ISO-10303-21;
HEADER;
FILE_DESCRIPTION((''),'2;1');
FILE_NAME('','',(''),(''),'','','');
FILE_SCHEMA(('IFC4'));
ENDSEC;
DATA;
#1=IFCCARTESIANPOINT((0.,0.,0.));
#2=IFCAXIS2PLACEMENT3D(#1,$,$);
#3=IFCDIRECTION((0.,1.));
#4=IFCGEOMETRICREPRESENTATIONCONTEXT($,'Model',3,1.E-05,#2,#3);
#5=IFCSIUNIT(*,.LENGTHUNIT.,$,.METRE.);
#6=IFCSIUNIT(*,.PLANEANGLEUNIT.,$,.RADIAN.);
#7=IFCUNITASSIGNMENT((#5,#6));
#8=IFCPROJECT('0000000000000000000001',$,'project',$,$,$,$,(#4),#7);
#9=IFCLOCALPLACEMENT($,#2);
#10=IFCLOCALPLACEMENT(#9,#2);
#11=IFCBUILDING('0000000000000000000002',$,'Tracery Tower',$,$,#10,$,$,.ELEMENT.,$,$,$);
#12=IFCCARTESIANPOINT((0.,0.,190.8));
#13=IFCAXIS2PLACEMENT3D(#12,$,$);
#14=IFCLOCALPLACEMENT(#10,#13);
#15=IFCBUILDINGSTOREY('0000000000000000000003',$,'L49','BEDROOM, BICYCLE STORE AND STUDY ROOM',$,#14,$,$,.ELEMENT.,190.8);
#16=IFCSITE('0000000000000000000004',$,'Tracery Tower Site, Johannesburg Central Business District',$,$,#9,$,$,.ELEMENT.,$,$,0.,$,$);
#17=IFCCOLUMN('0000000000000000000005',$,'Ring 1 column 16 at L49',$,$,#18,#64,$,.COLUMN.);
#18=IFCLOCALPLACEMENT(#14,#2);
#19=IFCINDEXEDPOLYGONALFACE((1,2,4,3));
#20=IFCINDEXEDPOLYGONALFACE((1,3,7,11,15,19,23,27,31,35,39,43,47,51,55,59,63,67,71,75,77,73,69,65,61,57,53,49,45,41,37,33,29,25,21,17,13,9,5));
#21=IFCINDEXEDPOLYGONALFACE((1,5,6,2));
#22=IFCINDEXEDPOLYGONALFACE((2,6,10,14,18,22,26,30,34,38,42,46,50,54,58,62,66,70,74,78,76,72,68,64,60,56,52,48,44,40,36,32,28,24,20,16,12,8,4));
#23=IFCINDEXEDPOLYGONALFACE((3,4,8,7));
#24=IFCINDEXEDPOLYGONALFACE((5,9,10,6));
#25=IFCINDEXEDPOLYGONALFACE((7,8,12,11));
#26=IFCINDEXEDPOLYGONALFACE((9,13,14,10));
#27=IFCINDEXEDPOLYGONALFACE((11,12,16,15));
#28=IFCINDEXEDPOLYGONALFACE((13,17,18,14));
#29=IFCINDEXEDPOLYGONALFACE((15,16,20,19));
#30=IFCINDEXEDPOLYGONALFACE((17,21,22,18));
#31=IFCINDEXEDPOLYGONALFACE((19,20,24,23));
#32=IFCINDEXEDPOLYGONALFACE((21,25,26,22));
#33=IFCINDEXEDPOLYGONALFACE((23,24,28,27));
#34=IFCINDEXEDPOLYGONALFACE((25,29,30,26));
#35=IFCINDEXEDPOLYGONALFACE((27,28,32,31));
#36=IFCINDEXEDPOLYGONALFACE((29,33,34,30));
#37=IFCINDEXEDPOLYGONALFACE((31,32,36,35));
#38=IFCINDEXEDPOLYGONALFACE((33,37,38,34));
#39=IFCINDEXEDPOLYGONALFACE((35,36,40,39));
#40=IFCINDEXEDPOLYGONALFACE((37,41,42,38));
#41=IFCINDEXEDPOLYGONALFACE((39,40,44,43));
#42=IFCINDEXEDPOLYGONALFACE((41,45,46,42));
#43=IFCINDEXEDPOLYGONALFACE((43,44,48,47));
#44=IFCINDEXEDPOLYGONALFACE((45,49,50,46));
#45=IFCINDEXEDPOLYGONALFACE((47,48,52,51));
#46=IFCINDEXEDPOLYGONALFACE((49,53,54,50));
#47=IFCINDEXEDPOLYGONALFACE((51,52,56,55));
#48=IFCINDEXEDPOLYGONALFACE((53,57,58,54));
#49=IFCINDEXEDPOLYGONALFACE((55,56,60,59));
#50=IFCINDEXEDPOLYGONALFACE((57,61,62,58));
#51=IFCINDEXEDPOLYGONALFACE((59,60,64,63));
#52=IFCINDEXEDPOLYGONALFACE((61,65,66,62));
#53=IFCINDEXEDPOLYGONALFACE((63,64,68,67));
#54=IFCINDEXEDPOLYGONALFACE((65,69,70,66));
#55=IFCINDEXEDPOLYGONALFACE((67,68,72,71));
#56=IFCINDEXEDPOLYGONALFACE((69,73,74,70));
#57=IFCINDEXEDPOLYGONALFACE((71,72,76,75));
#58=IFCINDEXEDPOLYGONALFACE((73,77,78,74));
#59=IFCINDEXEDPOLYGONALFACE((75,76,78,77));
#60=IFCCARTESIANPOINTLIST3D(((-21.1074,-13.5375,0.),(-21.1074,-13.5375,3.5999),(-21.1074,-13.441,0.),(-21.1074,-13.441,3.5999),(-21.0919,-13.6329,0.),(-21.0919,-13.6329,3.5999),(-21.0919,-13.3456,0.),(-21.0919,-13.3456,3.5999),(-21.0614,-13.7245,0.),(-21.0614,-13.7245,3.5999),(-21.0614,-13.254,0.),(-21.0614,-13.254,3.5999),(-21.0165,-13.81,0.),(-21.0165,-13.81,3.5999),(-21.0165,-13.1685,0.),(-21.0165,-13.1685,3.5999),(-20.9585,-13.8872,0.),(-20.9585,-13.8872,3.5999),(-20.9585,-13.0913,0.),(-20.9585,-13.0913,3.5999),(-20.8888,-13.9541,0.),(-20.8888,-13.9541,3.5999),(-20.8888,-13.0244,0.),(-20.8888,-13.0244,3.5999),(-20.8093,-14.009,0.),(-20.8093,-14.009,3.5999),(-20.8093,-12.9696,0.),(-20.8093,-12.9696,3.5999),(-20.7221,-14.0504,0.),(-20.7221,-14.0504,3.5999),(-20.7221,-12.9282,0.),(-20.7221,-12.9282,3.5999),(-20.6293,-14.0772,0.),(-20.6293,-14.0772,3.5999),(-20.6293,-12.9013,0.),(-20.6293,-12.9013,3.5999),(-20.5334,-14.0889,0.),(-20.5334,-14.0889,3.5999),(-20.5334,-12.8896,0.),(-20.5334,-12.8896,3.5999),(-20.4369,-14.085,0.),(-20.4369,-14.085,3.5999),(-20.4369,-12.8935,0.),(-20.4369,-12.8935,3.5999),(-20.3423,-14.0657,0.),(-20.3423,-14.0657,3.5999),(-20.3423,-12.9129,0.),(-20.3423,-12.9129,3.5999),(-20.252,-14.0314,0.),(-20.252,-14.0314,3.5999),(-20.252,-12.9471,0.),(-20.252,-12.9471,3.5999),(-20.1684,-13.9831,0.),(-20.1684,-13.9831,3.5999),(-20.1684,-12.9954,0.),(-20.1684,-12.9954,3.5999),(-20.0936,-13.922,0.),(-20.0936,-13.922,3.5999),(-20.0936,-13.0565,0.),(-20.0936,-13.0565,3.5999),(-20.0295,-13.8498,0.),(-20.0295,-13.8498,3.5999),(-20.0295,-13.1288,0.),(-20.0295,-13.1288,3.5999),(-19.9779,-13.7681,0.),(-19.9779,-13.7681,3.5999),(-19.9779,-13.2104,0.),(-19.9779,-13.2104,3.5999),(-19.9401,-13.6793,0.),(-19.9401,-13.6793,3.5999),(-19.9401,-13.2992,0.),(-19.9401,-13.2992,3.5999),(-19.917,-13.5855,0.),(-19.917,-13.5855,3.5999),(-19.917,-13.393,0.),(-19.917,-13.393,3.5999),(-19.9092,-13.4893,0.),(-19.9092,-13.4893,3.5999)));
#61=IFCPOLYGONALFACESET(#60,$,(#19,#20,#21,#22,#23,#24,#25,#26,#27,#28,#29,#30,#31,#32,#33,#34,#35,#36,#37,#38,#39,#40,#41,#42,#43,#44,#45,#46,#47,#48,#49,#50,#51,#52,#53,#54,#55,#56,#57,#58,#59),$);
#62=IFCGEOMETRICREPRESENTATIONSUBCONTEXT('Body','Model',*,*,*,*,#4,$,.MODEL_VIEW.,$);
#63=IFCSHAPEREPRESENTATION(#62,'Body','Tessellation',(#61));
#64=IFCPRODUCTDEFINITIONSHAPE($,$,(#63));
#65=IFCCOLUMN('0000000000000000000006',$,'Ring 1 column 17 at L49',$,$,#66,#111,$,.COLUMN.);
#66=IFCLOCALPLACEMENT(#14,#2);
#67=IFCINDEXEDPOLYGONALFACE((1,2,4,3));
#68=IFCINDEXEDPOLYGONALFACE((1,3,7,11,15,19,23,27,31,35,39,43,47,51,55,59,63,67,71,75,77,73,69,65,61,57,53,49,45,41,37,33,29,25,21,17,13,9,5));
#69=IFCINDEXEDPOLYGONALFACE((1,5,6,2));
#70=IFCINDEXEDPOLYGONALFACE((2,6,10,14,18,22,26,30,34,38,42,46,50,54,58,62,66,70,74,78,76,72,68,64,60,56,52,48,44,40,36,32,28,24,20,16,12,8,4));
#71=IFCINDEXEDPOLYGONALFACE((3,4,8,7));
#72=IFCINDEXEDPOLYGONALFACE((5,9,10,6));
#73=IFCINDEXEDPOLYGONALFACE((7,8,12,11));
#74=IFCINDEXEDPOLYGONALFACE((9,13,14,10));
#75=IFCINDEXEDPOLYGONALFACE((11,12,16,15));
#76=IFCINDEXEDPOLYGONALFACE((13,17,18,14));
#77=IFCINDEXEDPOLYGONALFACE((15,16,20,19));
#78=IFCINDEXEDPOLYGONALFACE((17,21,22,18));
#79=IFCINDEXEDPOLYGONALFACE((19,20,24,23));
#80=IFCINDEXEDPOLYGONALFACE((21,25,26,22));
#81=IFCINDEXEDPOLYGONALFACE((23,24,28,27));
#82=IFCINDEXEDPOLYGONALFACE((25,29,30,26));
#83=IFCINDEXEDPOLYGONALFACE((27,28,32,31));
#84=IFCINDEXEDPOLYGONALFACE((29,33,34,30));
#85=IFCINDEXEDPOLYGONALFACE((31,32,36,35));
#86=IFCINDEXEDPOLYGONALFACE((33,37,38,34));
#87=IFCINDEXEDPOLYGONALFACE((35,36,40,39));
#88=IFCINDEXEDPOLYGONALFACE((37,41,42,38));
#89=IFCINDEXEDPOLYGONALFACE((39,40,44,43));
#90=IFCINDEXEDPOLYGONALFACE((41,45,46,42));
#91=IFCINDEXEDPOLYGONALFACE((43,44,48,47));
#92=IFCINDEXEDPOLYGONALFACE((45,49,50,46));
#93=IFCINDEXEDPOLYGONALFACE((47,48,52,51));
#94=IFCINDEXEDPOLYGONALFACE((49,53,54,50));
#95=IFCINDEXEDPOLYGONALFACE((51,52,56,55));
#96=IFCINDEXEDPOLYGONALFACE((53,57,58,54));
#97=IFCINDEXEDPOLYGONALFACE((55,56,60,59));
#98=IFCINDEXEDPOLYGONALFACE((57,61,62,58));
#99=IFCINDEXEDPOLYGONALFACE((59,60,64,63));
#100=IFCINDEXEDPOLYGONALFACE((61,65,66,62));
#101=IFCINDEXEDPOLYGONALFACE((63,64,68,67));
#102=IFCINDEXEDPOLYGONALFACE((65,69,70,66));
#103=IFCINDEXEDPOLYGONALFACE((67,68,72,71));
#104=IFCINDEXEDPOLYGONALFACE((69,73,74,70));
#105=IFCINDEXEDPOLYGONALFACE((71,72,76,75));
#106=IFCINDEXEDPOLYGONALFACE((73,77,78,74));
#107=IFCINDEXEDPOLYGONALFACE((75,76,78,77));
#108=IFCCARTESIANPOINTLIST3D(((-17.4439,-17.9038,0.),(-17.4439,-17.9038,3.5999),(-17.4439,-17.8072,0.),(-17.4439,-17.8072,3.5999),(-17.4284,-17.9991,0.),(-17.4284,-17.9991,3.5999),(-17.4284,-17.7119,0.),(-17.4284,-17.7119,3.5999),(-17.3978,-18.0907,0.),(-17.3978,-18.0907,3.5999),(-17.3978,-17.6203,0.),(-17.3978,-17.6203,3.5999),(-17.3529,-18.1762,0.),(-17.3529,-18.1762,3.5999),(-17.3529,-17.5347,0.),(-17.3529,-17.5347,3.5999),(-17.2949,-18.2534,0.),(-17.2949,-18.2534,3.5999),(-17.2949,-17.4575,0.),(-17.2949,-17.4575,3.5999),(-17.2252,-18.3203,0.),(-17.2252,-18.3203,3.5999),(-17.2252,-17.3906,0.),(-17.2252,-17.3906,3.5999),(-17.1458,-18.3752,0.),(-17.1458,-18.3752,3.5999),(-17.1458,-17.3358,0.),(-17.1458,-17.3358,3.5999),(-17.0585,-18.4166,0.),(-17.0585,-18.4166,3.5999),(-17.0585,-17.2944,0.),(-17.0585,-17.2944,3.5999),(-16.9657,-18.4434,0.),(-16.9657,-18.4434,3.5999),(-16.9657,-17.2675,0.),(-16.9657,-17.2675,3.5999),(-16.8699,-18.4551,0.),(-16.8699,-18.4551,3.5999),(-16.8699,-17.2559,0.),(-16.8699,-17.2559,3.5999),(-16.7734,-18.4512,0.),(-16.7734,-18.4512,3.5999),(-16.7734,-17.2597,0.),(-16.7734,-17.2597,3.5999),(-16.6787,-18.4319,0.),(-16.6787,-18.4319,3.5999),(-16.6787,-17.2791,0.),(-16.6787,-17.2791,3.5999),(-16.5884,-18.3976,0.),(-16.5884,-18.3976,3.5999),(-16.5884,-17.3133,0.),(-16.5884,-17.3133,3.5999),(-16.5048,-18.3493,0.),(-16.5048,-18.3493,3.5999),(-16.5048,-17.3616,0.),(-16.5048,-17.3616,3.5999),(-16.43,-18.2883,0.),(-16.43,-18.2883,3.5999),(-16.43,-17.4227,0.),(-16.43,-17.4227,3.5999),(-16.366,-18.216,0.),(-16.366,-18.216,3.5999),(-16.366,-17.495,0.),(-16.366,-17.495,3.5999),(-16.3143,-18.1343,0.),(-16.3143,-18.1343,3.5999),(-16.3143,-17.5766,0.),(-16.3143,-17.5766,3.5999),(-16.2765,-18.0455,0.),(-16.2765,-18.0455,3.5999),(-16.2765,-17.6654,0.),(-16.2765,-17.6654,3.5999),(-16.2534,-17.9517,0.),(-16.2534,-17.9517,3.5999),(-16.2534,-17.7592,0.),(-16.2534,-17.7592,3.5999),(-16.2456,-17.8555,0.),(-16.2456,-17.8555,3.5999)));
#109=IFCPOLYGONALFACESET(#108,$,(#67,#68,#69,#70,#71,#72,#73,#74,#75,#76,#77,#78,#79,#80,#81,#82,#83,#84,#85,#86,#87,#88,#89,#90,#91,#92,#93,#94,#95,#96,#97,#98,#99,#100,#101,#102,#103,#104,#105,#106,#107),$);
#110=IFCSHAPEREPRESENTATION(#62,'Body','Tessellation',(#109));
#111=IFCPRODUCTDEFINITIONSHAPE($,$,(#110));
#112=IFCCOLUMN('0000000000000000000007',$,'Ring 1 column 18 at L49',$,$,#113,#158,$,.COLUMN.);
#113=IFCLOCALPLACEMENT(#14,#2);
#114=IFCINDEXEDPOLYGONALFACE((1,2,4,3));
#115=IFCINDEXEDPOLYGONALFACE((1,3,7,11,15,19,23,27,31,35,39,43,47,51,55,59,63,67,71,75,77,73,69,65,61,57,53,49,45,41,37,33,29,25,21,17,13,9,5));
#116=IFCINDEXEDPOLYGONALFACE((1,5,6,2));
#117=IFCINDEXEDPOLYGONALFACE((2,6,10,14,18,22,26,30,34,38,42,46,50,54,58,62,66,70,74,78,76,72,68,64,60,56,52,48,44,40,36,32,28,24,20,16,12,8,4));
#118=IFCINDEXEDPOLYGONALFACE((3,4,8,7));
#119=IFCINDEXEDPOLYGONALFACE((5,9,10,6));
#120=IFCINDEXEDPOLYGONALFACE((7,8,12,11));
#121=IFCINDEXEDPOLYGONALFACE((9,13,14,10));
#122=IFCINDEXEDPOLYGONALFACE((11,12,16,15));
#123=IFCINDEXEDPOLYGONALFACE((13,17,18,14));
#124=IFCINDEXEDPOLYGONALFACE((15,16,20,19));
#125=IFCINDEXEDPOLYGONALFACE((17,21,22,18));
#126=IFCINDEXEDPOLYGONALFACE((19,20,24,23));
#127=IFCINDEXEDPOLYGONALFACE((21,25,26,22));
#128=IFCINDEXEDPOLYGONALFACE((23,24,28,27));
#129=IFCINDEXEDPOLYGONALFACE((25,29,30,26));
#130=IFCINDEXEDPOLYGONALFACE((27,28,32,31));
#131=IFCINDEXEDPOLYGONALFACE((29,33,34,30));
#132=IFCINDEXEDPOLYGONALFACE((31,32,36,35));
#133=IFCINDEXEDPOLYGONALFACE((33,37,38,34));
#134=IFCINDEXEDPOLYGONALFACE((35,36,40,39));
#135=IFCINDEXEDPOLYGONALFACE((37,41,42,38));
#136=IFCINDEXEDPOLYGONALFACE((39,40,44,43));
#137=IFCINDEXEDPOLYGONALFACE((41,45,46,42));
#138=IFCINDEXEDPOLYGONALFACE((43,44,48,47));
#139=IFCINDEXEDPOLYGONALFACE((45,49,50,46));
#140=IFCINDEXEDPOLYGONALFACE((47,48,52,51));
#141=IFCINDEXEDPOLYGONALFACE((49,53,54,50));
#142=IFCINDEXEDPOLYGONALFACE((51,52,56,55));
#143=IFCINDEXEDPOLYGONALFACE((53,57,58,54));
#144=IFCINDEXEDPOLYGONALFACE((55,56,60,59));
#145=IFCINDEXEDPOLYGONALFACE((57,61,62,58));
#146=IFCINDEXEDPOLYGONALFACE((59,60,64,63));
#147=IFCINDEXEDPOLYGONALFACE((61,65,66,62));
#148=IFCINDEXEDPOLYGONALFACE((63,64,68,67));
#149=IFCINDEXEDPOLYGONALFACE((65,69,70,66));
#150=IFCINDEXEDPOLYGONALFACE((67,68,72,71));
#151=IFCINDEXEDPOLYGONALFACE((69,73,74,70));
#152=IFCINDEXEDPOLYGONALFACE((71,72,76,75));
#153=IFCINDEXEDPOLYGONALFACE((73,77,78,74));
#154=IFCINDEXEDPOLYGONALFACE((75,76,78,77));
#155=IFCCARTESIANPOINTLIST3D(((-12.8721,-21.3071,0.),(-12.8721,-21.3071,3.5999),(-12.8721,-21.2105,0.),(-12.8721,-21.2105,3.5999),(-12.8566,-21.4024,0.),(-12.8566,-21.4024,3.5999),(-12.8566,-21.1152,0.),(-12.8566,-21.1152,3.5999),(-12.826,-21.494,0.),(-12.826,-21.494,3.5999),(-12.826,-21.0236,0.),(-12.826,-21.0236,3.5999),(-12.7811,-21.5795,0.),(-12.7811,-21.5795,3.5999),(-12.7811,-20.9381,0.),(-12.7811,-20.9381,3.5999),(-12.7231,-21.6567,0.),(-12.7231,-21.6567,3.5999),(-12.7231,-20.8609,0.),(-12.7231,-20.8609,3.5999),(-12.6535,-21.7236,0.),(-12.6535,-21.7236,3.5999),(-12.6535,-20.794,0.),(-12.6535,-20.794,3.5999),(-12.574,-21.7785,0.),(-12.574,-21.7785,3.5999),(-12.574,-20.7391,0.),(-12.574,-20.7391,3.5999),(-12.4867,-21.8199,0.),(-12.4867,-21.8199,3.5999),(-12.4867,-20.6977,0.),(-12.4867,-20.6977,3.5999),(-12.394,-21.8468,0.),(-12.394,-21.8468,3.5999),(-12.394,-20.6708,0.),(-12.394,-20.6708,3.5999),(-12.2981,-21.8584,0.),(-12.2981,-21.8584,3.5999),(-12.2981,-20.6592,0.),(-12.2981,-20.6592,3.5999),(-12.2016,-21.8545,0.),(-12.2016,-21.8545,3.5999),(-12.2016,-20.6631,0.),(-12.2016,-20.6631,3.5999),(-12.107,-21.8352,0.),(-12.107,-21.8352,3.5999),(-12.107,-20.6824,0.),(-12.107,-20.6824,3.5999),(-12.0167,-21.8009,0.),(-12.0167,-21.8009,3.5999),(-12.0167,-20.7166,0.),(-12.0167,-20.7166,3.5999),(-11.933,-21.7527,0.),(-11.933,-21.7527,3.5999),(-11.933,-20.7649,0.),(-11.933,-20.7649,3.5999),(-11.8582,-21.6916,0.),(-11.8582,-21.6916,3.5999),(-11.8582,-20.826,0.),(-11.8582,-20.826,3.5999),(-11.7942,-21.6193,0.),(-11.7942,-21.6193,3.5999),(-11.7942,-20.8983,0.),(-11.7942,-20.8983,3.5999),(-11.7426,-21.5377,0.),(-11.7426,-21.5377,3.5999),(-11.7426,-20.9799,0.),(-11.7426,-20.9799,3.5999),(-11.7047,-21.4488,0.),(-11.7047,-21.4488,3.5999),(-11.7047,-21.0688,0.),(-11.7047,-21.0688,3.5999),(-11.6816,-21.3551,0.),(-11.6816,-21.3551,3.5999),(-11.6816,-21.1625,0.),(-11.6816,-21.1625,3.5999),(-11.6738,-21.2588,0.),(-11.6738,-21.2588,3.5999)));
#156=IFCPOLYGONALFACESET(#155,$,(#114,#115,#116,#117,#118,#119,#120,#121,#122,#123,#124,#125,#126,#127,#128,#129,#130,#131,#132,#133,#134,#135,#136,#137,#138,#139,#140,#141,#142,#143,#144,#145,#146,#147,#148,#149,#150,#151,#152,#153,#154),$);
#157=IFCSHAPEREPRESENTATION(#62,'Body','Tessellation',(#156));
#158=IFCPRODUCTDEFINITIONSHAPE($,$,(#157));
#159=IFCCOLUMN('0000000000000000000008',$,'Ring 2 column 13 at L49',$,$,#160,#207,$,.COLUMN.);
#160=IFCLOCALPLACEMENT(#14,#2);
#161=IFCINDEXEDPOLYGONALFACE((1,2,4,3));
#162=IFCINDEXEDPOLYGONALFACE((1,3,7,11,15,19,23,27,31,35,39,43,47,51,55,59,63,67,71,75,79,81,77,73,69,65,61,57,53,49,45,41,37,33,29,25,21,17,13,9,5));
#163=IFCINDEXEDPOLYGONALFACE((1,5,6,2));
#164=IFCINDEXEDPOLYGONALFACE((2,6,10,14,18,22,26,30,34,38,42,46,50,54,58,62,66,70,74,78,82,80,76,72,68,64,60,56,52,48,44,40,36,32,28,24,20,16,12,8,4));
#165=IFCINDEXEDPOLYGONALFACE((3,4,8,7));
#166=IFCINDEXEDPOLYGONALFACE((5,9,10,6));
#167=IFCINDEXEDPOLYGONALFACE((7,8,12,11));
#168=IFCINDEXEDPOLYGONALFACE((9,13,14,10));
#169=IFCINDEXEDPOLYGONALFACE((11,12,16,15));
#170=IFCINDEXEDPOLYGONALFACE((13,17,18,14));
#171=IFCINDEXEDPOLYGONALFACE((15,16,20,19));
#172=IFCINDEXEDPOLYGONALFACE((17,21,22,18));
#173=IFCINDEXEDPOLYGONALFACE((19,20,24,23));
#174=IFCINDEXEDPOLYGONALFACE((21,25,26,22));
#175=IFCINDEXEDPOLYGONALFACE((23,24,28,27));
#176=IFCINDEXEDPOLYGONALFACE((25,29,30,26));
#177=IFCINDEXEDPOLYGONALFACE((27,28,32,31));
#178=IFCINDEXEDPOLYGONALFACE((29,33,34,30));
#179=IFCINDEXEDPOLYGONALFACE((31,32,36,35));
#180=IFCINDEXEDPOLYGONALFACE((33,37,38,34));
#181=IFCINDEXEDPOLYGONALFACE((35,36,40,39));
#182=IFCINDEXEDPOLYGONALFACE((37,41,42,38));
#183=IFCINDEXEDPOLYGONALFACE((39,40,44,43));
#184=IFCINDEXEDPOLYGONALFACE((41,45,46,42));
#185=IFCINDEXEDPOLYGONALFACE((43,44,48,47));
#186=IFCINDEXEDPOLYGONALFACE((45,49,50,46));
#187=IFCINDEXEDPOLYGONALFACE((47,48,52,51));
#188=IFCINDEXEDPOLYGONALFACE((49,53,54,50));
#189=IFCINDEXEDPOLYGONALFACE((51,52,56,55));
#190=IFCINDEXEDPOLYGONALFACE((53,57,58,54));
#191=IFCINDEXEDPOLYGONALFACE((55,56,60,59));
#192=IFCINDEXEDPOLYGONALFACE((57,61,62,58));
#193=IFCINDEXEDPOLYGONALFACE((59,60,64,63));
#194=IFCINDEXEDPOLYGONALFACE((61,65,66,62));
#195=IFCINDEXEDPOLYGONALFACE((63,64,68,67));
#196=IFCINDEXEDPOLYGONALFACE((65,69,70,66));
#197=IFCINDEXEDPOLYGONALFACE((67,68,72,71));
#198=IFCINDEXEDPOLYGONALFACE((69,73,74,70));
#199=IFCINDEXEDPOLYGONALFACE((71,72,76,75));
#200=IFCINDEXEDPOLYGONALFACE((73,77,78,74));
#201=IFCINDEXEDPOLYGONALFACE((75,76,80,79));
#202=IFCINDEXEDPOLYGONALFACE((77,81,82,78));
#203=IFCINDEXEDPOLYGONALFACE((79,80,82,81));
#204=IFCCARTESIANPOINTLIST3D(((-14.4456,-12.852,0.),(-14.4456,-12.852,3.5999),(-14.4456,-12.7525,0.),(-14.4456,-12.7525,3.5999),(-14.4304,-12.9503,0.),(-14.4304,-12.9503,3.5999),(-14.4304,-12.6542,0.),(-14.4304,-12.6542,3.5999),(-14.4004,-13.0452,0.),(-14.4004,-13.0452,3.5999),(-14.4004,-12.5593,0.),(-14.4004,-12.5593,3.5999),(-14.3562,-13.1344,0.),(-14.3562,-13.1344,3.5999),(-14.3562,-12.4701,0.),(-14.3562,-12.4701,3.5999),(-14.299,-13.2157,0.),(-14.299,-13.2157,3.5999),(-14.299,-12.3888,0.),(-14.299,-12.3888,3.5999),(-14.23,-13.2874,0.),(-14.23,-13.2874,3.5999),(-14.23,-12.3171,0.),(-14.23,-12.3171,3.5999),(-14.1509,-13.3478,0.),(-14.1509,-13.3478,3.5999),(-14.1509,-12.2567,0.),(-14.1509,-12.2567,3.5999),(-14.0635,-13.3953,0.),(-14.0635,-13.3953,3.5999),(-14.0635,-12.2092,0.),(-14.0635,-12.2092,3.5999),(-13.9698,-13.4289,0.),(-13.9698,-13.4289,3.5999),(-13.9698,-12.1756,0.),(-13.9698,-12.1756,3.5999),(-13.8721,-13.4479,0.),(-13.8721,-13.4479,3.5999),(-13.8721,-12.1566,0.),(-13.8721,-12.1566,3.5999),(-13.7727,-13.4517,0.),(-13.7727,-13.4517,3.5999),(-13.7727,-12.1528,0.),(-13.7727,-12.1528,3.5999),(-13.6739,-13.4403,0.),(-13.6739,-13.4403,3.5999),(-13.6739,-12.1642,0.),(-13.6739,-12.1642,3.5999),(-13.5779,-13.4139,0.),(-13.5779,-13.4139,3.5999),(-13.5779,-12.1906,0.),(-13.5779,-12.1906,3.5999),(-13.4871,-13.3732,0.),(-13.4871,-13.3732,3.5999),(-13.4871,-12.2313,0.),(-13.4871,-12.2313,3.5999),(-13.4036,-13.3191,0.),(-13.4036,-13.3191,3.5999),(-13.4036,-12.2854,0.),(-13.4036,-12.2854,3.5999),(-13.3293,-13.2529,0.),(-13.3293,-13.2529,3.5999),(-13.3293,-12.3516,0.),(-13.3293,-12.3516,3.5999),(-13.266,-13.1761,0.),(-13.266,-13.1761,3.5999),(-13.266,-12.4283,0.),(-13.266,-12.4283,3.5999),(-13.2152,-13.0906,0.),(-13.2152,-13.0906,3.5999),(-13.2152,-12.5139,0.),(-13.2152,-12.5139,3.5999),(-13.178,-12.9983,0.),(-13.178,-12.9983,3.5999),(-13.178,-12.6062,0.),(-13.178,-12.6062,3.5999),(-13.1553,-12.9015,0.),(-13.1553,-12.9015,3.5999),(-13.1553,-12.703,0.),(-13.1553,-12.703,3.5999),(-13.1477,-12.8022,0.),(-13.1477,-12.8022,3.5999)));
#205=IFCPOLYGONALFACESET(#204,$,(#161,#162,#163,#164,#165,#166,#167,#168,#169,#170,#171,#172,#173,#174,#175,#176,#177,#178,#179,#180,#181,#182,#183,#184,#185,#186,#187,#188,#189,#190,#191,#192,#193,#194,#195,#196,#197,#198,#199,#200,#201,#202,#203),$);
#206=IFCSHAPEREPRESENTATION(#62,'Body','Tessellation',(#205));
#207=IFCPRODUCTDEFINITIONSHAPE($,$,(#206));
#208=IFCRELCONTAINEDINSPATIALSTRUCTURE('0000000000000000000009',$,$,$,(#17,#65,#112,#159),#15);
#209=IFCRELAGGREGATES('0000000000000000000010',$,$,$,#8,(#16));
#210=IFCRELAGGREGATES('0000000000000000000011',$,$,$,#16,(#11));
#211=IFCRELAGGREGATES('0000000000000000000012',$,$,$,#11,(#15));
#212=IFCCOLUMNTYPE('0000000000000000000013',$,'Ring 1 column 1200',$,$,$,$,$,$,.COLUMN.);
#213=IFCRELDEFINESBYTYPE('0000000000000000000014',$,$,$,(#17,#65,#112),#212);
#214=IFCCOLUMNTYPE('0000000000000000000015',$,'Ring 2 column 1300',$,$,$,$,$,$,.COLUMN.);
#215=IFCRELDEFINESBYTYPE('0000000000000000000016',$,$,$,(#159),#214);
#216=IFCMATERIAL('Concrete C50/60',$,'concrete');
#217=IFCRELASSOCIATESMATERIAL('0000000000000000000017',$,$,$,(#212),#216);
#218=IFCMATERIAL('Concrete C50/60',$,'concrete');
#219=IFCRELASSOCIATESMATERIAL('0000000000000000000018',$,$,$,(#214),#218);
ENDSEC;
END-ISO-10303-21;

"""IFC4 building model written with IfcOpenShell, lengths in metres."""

from ifc_helpers import new_model, si_unit, direction, frame, origin, origin_2d, place, context, subcontext, project, spatial, circle, extrude, material, material_profile, profile_set, type_object, element, save


model = new_model("IFC4")

# Units and contexts
model_context = context("Model", 3, precision=1e-05, world=origin(), true_north=direction((0.0, 1.0)))
body_context = subcontext(model_context, "Body", "Model", "MODEL_VIEW")
ifc_project = project(units=[si_unit("LENGTHUNIT", "METRE"), si_unit("PLANEANGLEUNIT", "RADIAN")], contexts=[model_context])

# Site, building, storey
site_placement = place(None, origin())
site = spatial("IfcSite", under=ifc_project, at=site_placement, Name="Tracery Tower Site, Johannesburg Central Business District", CompositionType="ELEMENT", RefElevation=0.0)
building_placement = place(site_placement, origin())
building = spatial("IfcBuilding", under=site, at=building_placement, Name="Tracery Tower", CompositionType="ELEMENT")
storey_placement = place(building_placement, frame((0.0, 0.0, 190.8)))
storey = spatial("IfcBuildingStorey", under=building, at=storey_placement, Name="L49", Description="BEDROOM, BICYCLE STORE AND STUDY ROOM", CompositionType="ELEMENT", Elevation=190.8)

# Columns
ifc_material_1 = material(Name="Concrete C50/60", Category="concrete")
ifc_material_profile_1 = material_profile(ifc_material_1, circle(Radius=0.6001, at=origin_2d()), Name="RC D1200")
ifc_profile_set_1 = profile_set([ifc_material_profile_1], Name="Concrete C50/60")
column_type_1 = type_object("IfcColumnType", Name="Ring 1 column 1200", PredefinedType="COLUMN", material=ifc_profile_set_1)
for number, where, z_axis, x_axis, name in (
    (1, (-20.5093, -13.4893, 0.0), (0.0, 0.0, 1.0), (1.0, 0.0, 0.0), "Ring 1 column 16 at L49"),
    (2, (-16.8457, -17.8555, 0.0), (0.0, 0.0, 1.0), (1.0, 0.0, 0.0), "Ring 1 column 17 at L49"),
    (3, (-12.2739, -21.2588, 0.0), (0.0, 0.0, 1.0), (1.0, 0.0, 0.0), "Ring 1 column 18 at L49"),
):
    element("IfcColumn", number, at=place(storey_placement, frame(where, z_axis=z_axis, x_axis=x_axis)), inside=storey, type_object=column_type_1, Name=name, PredefinedType="COLUMN", context=body_context, shape_type="SweptSolid", body=[
        extrude(circle(Radius=0.6001, at=origin_2d()), origin(), (0.0, 0.0, 1.0), 3.5999),
    ])
ifc_material_2 = material(Name="Concrete C50/60", Category="concrete")
ifc_material_profile_2 = material_profile(ifc_material_2, circle(Radius=0.6499, at=origin_2d()), Name="RC D1300")
ifc_profile_set_2 = profile_set([ifc_material_profile_2], Name="Concrete C50/60")
column_type_2 = type_object("IfcColumnType", Name="Ring 2 column 1300", PredefinedType="COLUMN", material=ifc_profile_set_2)
column_placement = place(storey_placement, frame((-13.7976, -12.8022, 0.0), z_axis=(0.0, 0.0, 1.0), x_axis=(1.0, 0.0, 0.0)))
element("IfcColumn", 4, at=column_placement, inside=storey, type_object=column_type_2, Name="Ring 2 column 13 at L49", PredefinedType="COLUMN", context=body_context, shape_type="SweptSolid", body=[
    extrude(circle(Radius=0.6499, at=origin_2d()), origin(), (0.0, 0.0, 1.0), 3.5999),
])

save(model, "model.ifc")
